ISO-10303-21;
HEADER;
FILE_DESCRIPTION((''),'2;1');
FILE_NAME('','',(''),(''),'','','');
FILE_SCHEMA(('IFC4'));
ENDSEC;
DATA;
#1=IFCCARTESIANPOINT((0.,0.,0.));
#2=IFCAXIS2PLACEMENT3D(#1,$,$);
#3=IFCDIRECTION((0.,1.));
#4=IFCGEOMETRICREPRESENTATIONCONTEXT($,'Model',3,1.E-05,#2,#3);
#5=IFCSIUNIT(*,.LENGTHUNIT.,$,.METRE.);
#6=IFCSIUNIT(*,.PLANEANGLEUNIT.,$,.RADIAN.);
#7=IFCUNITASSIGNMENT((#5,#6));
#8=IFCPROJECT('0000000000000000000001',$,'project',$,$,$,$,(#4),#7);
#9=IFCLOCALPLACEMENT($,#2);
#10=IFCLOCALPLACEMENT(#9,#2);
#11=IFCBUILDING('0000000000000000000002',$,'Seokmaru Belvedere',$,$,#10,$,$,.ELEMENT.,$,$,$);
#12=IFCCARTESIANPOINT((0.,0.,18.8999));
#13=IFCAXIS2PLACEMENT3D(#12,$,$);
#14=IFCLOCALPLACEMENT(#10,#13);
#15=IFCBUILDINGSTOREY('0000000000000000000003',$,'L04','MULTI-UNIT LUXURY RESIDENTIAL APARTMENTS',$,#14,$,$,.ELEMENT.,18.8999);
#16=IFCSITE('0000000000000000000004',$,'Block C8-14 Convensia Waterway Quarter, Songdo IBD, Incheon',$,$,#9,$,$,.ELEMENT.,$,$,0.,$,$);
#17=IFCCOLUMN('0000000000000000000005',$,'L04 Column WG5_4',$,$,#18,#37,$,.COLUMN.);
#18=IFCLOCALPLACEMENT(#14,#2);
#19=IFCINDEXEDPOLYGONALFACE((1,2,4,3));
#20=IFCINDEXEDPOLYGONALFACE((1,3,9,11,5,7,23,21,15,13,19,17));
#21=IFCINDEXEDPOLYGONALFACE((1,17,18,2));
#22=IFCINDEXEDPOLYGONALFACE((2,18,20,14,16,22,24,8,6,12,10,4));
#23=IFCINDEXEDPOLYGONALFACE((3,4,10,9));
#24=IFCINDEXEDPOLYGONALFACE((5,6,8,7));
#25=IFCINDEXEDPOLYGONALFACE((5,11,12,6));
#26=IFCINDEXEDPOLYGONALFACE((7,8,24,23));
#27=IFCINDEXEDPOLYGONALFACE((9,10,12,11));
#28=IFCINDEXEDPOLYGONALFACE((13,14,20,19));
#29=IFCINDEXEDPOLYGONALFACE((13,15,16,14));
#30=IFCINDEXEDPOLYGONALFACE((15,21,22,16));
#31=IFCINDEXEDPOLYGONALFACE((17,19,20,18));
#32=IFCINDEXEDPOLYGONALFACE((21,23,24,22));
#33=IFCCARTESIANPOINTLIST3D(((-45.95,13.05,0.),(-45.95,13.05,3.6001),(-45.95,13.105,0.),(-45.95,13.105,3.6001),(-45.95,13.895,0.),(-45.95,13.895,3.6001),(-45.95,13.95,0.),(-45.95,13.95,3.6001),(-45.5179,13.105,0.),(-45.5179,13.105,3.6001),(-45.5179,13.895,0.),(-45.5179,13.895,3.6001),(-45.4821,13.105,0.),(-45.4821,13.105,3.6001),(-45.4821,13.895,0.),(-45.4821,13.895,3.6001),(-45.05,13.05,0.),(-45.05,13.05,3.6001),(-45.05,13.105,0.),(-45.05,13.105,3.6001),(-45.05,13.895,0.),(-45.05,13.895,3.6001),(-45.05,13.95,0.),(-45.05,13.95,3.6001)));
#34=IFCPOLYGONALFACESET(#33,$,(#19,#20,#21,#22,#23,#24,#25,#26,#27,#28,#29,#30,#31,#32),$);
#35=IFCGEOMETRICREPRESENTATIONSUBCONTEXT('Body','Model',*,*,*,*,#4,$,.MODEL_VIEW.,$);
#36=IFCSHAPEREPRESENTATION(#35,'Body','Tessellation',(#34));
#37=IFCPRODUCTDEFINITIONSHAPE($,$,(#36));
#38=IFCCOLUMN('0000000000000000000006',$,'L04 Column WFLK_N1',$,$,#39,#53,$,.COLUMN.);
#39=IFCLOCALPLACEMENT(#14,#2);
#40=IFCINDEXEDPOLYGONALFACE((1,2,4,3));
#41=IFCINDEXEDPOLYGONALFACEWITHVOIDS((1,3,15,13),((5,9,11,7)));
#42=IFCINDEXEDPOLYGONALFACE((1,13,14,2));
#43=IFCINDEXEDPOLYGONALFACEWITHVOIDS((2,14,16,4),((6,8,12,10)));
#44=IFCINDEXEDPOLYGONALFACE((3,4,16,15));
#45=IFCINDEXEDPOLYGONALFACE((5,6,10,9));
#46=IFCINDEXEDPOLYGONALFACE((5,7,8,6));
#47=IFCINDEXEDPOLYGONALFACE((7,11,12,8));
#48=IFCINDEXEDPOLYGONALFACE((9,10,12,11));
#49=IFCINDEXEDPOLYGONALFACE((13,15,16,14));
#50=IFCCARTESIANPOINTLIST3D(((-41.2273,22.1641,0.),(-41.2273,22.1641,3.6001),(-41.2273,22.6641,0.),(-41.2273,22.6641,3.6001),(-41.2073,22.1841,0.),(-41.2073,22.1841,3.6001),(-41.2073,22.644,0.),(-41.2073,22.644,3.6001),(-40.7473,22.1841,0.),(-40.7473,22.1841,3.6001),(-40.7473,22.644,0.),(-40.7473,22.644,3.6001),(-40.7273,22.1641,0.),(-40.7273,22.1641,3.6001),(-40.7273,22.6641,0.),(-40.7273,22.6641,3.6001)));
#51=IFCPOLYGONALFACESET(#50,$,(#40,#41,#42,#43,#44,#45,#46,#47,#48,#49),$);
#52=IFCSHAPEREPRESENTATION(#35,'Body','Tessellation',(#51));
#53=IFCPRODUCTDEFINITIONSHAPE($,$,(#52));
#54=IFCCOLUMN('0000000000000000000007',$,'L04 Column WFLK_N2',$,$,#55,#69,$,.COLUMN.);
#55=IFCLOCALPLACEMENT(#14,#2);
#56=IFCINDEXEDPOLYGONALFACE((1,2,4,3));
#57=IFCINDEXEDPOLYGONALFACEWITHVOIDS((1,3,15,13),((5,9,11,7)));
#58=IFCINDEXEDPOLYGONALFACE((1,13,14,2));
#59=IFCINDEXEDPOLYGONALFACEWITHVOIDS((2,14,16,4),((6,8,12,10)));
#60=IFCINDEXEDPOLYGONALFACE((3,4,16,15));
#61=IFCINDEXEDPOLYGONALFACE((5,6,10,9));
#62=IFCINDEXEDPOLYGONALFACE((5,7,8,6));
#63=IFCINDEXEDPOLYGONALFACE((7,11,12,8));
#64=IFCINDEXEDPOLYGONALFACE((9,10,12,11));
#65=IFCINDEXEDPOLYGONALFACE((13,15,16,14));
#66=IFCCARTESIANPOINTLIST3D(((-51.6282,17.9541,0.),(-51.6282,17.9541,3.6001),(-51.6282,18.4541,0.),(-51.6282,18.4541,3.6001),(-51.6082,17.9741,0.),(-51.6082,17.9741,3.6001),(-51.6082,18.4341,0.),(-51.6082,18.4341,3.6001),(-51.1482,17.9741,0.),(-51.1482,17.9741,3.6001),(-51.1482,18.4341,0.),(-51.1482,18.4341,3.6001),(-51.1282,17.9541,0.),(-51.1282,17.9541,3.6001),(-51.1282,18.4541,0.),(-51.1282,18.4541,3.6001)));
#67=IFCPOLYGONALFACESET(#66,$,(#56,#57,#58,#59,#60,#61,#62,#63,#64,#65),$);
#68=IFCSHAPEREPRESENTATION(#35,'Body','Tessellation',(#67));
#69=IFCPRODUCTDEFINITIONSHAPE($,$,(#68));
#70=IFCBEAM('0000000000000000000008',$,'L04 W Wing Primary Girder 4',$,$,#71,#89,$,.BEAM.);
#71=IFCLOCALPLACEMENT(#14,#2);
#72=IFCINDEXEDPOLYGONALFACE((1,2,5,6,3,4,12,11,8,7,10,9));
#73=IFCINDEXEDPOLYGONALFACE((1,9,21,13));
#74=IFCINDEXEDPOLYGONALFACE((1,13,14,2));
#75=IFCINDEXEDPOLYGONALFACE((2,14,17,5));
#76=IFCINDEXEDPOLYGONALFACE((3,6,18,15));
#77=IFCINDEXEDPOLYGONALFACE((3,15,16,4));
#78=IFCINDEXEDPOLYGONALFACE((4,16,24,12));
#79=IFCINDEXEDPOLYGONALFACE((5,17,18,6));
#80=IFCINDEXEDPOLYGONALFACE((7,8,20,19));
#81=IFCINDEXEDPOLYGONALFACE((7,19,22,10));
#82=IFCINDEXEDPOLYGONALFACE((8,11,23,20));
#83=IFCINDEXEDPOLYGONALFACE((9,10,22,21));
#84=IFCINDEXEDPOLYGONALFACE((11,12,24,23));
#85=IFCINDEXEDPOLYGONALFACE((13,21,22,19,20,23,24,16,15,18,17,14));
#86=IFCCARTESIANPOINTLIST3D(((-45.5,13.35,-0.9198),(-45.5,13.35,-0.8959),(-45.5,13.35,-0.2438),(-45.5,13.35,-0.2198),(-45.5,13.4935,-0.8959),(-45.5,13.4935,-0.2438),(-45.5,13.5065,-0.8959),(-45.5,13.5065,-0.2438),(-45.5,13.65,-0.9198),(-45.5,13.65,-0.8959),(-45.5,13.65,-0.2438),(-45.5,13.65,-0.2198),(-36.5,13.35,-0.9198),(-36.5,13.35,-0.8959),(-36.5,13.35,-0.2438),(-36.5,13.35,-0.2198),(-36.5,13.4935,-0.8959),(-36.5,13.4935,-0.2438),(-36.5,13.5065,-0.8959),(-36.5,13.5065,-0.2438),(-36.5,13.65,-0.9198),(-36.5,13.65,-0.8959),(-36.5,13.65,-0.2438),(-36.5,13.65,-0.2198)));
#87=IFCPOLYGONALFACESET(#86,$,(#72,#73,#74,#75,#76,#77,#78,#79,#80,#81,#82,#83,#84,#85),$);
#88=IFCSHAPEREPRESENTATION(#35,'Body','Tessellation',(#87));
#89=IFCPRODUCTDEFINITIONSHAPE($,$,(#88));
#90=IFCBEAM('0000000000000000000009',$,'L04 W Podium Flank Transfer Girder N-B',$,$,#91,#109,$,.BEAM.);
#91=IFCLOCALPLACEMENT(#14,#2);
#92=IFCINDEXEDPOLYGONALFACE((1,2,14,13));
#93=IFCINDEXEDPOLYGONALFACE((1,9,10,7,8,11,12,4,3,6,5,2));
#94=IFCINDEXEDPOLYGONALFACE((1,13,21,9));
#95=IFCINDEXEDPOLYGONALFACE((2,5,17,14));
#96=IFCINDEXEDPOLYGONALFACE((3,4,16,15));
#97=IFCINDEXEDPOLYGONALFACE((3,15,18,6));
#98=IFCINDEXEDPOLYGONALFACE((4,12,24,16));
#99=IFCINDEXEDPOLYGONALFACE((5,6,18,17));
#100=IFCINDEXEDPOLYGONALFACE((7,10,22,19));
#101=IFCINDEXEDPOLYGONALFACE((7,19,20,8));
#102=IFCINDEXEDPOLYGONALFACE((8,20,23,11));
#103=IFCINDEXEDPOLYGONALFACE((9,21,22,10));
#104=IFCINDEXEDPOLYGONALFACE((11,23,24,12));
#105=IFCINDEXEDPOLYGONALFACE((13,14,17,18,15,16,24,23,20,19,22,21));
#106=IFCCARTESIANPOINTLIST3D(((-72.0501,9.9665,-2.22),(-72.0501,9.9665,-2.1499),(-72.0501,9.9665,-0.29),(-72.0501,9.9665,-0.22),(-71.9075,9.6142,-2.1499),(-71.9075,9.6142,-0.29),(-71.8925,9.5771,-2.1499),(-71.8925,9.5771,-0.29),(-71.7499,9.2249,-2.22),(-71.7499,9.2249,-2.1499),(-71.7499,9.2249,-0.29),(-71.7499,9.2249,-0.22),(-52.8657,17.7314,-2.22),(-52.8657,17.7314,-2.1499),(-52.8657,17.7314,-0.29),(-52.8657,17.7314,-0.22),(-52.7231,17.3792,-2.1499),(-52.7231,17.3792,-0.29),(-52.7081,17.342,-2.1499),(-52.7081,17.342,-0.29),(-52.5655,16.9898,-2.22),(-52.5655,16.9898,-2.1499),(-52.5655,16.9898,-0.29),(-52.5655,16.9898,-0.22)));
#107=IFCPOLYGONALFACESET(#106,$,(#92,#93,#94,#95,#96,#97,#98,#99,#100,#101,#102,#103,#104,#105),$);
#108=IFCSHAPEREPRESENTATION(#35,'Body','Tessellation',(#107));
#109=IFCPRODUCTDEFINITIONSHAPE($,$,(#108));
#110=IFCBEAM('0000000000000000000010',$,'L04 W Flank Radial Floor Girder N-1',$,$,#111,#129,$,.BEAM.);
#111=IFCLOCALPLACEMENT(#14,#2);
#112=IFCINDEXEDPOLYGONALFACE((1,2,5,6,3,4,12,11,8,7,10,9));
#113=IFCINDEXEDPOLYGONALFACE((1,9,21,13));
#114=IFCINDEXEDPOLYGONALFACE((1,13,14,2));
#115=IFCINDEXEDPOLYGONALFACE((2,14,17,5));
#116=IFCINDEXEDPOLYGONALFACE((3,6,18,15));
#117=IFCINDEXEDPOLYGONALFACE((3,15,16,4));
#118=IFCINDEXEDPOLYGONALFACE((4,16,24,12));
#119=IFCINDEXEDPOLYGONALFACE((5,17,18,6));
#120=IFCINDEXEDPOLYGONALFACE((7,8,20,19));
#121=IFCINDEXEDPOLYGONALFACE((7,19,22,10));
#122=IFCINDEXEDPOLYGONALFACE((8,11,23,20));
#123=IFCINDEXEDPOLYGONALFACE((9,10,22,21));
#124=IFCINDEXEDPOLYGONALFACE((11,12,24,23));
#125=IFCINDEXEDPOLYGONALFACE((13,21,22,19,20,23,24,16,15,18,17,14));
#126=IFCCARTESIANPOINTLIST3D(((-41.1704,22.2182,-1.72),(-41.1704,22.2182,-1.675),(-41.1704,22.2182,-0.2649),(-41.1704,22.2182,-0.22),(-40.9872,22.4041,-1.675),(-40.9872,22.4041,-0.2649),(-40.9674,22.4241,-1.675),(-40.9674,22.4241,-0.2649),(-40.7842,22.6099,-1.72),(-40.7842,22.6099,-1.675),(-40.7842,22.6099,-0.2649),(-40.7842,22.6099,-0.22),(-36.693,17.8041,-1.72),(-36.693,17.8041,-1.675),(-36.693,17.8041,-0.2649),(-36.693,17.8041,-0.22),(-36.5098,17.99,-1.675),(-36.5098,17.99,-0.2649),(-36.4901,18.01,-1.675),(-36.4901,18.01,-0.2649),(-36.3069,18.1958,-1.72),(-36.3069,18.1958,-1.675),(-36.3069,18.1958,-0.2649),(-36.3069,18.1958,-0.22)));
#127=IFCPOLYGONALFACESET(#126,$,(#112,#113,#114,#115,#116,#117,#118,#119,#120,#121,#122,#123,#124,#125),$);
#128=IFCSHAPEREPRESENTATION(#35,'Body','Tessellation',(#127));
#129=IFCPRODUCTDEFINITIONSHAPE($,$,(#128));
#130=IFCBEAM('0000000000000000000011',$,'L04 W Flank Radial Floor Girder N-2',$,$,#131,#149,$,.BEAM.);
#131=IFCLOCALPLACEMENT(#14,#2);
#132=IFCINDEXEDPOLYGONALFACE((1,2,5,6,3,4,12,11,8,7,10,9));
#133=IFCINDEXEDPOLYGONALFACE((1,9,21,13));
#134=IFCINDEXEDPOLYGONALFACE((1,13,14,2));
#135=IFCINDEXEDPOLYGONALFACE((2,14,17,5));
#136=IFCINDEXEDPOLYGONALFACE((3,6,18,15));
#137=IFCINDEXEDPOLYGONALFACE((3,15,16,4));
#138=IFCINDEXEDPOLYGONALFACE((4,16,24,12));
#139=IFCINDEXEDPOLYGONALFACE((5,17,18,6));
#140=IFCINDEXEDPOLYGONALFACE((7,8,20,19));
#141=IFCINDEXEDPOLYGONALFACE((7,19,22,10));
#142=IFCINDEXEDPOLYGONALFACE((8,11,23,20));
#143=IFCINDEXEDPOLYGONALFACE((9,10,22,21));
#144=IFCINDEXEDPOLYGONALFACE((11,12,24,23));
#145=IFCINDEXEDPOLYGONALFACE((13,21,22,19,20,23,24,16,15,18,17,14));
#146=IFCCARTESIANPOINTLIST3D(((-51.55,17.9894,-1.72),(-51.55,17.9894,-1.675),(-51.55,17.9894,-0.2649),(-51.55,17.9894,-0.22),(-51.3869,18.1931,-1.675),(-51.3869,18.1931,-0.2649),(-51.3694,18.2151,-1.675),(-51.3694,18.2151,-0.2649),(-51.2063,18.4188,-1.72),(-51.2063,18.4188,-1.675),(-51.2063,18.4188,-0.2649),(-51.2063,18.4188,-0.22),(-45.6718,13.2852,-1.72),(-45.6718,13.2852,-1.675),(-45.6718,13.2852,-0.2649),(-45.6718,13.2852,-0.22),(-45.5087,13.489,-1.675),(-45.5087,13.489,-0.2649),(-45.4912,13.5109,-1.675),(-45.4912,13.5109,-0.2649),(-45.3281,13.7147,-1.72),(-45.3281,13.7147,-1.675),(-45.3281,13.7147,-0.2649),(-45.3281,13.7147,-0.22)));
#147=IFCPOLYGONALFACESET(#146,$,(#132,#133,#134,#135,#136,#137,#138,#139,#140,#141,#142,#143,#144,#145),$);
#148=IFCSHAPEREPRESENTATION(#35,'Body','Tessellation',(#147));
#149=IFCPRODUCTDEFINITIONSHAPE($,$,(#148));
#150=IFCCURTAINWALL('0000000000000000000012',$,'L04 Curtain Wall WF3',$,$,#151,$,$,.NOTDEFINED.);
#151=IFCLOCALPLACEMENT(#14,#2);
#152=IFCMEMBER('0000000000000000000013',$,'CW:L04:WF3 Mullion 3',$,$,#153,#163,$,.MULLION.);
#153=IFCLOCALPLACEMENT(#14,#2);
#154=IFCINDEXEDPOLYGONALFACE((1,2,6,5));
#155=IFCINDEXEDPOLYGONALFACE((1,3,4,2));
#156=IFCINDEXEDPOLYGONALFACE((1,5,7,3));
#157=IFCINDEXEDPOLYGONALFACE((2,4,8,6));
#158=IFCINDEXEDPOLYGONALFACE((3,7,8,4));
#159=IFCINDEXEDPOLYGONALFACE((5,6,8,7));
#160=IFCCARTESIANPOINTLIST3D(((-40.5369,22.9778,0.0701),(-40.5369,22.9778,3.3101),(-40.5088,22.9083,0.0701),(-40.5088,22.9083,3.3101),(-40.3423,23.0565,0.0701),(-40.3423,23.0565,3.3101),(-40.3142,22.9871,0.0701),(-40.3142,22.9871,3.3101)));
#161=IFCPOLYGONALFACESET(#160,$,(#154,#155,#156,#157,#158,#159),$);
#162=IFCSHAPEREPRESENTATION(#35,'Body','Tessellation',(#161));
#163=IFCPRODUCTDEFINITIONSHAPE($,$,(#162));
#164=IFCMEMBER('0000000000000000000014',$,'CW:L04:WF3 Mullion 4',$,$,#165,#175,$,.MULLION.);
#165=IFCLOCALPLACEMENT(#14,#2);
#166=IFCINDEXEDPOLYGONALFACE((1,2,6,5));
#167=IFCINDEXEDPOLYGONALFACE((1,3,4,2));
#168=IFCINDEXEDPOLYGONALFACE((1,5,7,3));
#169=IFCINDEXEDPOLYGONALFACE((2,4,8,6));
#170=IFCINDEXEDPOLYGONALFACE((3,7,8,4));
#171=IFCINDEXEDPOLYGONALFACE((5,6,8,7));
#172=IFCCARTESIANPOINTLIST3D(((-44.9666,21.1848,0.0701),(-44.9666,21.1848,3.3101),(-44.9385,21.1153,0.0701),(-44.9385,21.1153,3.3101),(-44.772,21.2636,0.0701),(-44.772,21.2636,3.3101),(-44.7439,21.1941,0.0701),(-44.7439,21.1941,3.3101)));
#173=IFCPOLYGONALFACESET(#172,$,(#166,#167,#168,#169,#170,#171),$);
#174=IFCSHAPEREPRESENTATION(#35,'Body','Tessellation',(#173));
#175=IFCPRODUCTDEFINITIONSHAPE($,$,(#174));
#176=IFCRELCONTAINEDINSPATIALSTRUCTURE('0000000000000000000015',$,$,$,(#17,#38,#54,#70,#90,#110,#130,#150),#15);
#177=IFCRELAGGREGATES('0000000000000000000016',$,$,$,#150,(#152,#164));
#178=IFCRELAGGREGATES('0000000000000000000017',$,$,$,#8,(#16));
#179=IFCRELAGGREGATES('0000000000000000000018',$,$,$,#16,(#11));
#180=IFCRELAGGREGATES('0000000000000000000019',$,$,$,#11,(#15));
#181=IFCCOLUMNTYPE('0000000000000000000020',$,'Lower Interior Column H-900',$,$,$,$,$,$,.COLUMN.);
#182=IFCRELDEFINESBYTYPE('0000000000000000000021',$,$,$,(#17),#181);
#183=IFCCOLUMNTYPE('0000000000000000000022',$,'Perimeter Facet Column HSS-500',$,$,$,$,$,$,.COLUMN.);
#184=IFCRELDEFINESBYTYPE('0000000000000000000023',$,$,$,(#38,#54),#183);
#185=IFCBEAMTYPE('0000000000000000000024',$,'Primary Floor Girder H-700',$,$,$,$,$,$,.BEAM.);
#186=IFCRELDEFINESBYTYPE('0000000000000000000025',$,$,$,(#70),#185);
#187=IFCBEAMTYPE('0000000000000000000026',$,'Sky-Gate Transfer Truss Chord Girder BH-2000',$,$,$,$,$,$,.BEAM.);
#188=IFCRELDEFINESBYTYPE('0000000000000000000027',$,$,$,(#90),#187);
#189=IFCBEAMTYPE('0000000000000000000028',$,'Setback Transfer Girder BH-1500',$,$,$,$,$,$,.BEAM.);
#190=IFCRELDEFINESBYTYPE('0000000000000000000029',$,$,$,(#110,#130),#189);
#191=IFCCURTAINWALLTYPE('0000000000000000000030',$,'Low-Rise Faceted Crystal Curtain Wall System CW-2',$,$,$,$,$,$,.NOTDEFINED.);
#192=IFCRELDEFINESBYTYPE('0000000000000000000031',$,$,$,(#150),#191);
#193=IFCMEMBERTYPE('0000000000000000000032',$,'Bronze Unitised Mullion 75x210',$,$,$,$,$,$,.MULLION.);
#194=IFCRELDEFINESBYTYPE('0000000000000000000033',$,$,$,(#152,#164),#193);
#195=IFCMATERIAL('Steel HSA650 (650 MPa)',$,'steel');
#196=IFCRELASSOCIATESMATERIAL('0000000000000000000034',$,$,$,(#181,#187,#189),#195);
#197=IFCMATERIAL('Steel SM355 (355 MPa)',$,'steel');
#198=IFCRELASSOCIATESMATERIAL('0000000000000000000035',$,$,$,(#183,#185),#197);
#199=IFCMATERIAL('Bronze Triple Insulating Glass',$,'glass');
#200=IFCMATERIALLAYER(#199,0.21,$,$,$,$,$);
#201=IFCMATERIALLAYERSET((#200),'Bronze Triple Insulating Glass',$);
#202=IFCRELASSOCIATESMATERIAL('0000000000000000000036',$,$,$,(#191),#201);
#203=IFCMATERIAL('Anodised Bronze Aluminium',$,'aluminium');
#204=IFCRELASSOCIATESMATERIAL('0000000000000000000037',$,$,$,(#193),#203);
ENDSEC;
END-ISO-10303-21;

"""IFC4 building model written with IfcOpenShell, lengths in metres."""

from ifc_helpers import new_model, si_unit, direction, frame, origin, origin_2d, place, context, subcontext, project, spatial, rectangle, hollow_rectangle, i_section, extrude, source, transform, mapped, material, layer, layer_set, material_profile, profile_set, type_object, type_shapes, element, aggregate, save


model = new_model("IFC4")

# Units and contexts
model_context = context("Model", 3, precision=1e-05, world=origin(), true_north=direction((0.0, 1.0)))
body_context = subcontext(model_context, "Body", "Model", "MODEL_VIEW")
ifc_project = project(units=[si_unit("LENGTHUNIT", "METRE"), si_unit("PLANEANGLEUNIT", "RADIAN")], contexts=[model_context])

# Site, building, storey
site_placement = place(None, origin())
site = spatial("IfcSite", under=ifc_project, at=site_placement, Name="Block C8-14 Convensia Waterway Quarter, Songdo IBD, Incheon", CompositionType="ELEMENT", RefElevation=0.0)
building_placement = place(site_placement, origin())
building = spatial("IfcBuilding", under=site, at=building_placement, Name="Seokmaru Belvedere", CompositionType="ELEMENT")
storey_placement = place(building_placement, frame((0.0, 0.0, 18.8999)))
storey = spatial("IfcBuildingStorey", under=building, at=storey_placement, Name="L04", Description="MULTI-UNIT LUXURY RESIDENTIAL APARTMENTS", CompositionType="ELEMENT", Elevation=18.8999)

# Columns
ifc_material_1 = material(Name="Steel HSA650 (650 MPa)", Category="steel")
ifc_material_profile_1 = material_profile(ifc_material_1, i_section(OverallWidth=0.8999, OverallDepth=0.8999, WebThickness=0.0359, FlangeThickness=0.0549, at=origin_2d()), Name="H-900x900x36x55")
ifc_profile_set_1 = profile_set([ifc_material_profile_1], Name="Steel HSA650 (650 MPa)")
column_type_1 = type_object("IfcColumnType", Name="Lower Interior Column H-900", PredefinedType="COLUMN", material=ifc_profile_set_1)
shared_shape_1 = source(origin(), body_context, "Body", "SweptSolid", [
    extrude(i_section(OverallWidth=0.8999, OverallDepth=0.8999, WebThickness=0.0359, FlangeThickness=0.0549, at=origin_2d()), origin(), (0.0, 0.0, 1.0), 3.6001),
])
type_shapes(column_type_1, [shared_shape_1])
column_placement = place(storey_placement, frame((-45.5, 13.5, 0.0), z_axis=(0.0, 0.0, 1.0), x_axis=(1.0, 0.0, 0.0)))
element("IfcColumn", 1, at=column_placement, inside=storey, type_object=column_type_1, Name="L04 Column WG5_4", PredefinedType="COLUMN", context=body_context, shape_type="MappedRepresentation", body=[
    mapped(shared_shape_1, transform((0.0, 0.0, 0.0), scale=1.0)),
])
ifc_material_2 = material(Name="Steel SM355 (355 MPa)", Category="steel")
ifc_material_profile_2 = material_profile(ifc_material_2, hollow_rectangle(XDim=0.5, YDim=0.5, WallThickness=0.02, at=origin_2d()), Name="HSS-500x500x20")
ifc_profile_set_2 = profile_set([ifc_material_profile_2], Name="Steel SM355 (355 MPa)")
column_type_2 = type_object("IfcColumnType", Name="Perimeter Facet Column HSS-500", PredefinedType="COLUMN", material=ifc_profile_set_2)
shared_shape_2 = source(origin(), body_context, "Body", "SweptSolid", [
    extrude(hollow_rectangle(XDim=0.5, YDim=0.5, WallThickness=0.02, at=origin_2d()), origin(), (0.0, 0.0, 1.0), 3.6001),
])
type_shapes(column_type_2, [shared_shape_2])
for number, where, z_axis, x_axis, name in (
    (2, (-40.9773, 22.4141, 0.0), (0.0, 0.0, 1.0), (1.0, 0.0, 0.0), "L04 Column WFLK_N1"),
    (3, (-51.3782, 18.2041, 0.0), (0.0, 0.0, 1.0), (1.0, 0.0, 0.0), "L04 Column WFLK_N2"),
):
    element("IfcColumn", number, at=place(storey_placement, frame(where, z_axis=z_axis, x_axis=x_axis)), inside=storey, type_object=column_type_2, Name=name, PredefinedType="COLUMN", context=body_context, shape_type="MappedRepresentation", body=[
        mapped(shared_shape_2, transform((0.0, 0.0, 0.0), scale=1.0)),
    ])

# Beams
ifc_material_profile_3 = material_profile(ifc_material_2, i_section(OverallWidth=0.3, OverallDepth=0.7, WebThickness=0.0129, FlangeThickness=0.0239, at=origin_2d()), Name="H-700x300x13x24")
ifc_profile_set_3 = profile_set([ifc_material_profile_3], Name="Steel SM355 (355 MPa)")
beam_type_1 = type_object("IfcBeamType", Name="Primary Floor Girder H-700", PredefinedType="BEAM", material=ifc_profile_set_3)
shared_shape_3 = source(origin(), body_context, "Body", "SweptSolid", [
    extrude(i_section(OverallWidth=0.3, OverallDepth=0.7, WebThickness=0.0129, FlangeThickness=0.0239, at=origin_2d()), origin(), (0.0, 0.0, 1.0), 9.0),
])
type_shapes(beam_type_1, [shared_shape_3])
beam_1_placement = place(storey_placement, frame((-45.5, 13.5, -0.5698), z_axis=(1.0, 0.0, 0.0), x_axis=(0.0, 1.0, 0.0)))
element("IfcBeam", 4, at=beam_1_placement, inside=storey, type_object=beam_type_1, Name="L04 W Wing Primary Girder 4", PredefinedType="BEAM", context=body_context, shape_type="MappedRepresentation", body=[
    mapped(shared_shape_3, transform((0.0, 0.0, 0.0), scale=1.0)),
])
ifc_material_profile_4 = material_profile(ifc_material_1, i_section(OverallWidth=0.8, OverallDepth=2.0, WebThickness=0.04, FlangeThickness=0.0701, at=origin_2d()), Name="BH-2000x800x40x70")
ifc_profile_set_4 = profile_set([ifc_material_profile_4], Name="Steel HSA650 (650 MPa)")
beam_type_2 = type_object("IfcBeamType", Name="Sky-Gate Transfer Truss Chord Girder BH-2000", PredefinedType="BEAM", material=ifc_profile_set_4)
shared_shape_4 = source(origin(), body_context, "Body", "SweptSolid", [
    extrude(i_section(OverallWidth=0.8, OverallDepth=2.0, WebThickness=0.04, FlangeThickness=0.0701, at=origin_2d()), origin(), (0.0, 0.0, 1.0), 20.6963),
])
type_shapes(beam_type_2, [shared_shape_4])
beam_2_placement = place(storey_placement, frame((-52.7156, 17.3606, -1.22), z_axis=(-0.92695, -0.375185, 0.0), x_axis=(0.375185, -0.92695, 0.0)))
element("IfcBeam", 5, at=beam_2_placement, inside=storey, type_object=beam_type_2, Name="L04 W Podium Flank Transfer Girder N-B", PredefinedType="BEAM", context=body_context, shape_type="MappedRepresentation", body=[
    mapped(shared_shape_4, transform((0.0, 0.0, 0.0), scale=1.0)),
])
ifc_material_profile_5 = material_profile(ifc_material_1, i_section(OverallWidth=0.55, OverallDepth=1.5, WebThickness=0.0281, FlangeThickness=0.0449, at=origin_2d()), Name="BH-1500x550x28x45")
ifc_profile_set_5 = profile_set([ifc_material_profile_5], Name="Steel HSA650 (650 MPa)")
beam_type_3 = type_object("IfcBeamType", Name="Setback Transfer Girder BH-1500", PredefinedType="BEAM", material=ifc_profile_set_5)
shared_shape_5 = source(origin(), body_context, "Body", "SweptSolid", [
    extrude(i_section(OverallWidth=0.55, OverallDepth=1.5, WebThickness=0.0281, FlangeThickness=0.0449, at=origin_2d()), origin(), (0.0, 0.0, 1.0), 6.2874),
])
beam_3_placement = place(storey_placement, frame((-40.9773, 22.4141, -0.97), z_axis=(0.712117, -0.70206, 0.0), x_axis=(0.70206, 0.712117, 0.0)))
element("IfcBeam", 6, at=beam_3_placement, inside=storey, type_object=beam_type_3, Name="L04 W Flank Radial Floor Girder N-1", PredefinedType="BEAM", context=body_context, shape_type="MappedRepresentation", body=[
    mapped(shared_shape_5, transform((0.0, 0.0, 0.0), scale=1.0)),
])
shared_shape_6 = source(origin(), body_context, "Body", "SweptSolid", [
    extrude(i_section(OverallWidth=0.55, OverallDepth=1.5, WebThickness=0.0281, FlangeThickness=0.0449, at=origin_2d()), origin(), (0.0, 0.0, 1.0), 7.5288),
])
type_shapes(beam_type_3, [shared_shape_5, shared_shape_6])
beam_4_placement = place(storey_placement, frame((-51.3782, 18.2041, -0.97), z_axis=(0.780768, -0.624822, 0.0), x_axis=(0.624822, 0.780768, 0.0)))
element("IfcBeam", 7, at=beam_4_placement, inside=storey, type_object=beam_type_3, Name="L04 W Flank Radial Floor Girder N-2", PredefinedType="BEAM", context=body_context, shape_type="MappedRepresentation", body=[
    mapped(shared_shape_6, transform((0.0, 0.0, 0.0), scale=1.0)),
])

# Curtain wall, members
ifc_material_3 = material(Name="Bronze Triple Insulating Glass", Category="glass")
ifc_layer_1 = layer(ifc_material_3, 0.21)
ifc_layer_set_1 = layer_set([ifc_layer_1], Name="Bronze Triple Insulating Glass")
curtain_wall_type = type_object("IfcCurtainWallType", Name="Low-Rise Faceted Crystal Curtain Wall System CW-2", PredefinedType="NOTDEFINED", material=ifc_layer_set_1)
curtain_wall_placement = place(storey_placement, origin())
curtain_wall = element("IfcCurtainWall", 8, at=curtain_wall_placement, inside=storey, type_object=curtain_wall_type, Name="L04 Curtain Wall WF3", PredefinedType="NOTDEFINED")
ifc_material_4 = material(Name="Anodised Bronze Aluminium", Category="aluminium")
ifc_material_profile_6 = material_profile(ifc_material_4, rectangle(XDim=0.075, YDim=0.21, at=origin_2d()), Name="CW-M-75x210")
ifc_profile_set_6 = profile_set([ifc_material_profile_6], Name="Anodised Bronze Aluminium")
member_type = type_object("IfcMemberType", Name="Bronze Unitised Mullion 75x210", PredefinedType="MULLION", material=ifc_profile_set_6)
shared_shape_7 = source(origin(), body_context, "Body", "SweptSolid", [
    extrude(rectangle(XDim=0.075, YDim=0.21, at=origin_2d()), origin(), (0.0, 0.0, 1.0), 3.24),
])
type_shapes(member_type, [shared_shape_7])
member_1_placement = place(storey_placement, frame((-40.4255, 22.9824, 0.0701), z_axis=(0.0, 0.0, 1.0), x_axis=(0.375192, -0.926947, 0.0)))
member_1 = element("IfcMember", 9, at=member_1_placement, type_object=member_type, Name="CW:L04:WF3 Mullion 3", PredefinedType="MULLION", context=body_context, shape_type="MappedRepresentation", body=[
    mapped(shared_shape_7, transform((0.0, 0.0, 0.0), scale=1.0)),
])
member_2_placement = place(storey_placement, frame((-44.8552, 21.1895, 0.0701), z_axis=(0.0, 0.0, 1.0), x_axis=(0.375192, -0.926947, 0.0)))
member_2 = element("IfcMember", 10, at=member_2_placement, type_object=member_type, Name="CW:L04:WF3 Mullion 4", PredefinedType="MULLION", context=body_context, shape_type="MappedRepresentation", body=[
    mapped(shared_shape_7, transform((0.0, 0.0, 0.0), scale=1.0)),
])
aggregate(curtain_wall, [member_1, member_2])

save(model, "model.ifc")
